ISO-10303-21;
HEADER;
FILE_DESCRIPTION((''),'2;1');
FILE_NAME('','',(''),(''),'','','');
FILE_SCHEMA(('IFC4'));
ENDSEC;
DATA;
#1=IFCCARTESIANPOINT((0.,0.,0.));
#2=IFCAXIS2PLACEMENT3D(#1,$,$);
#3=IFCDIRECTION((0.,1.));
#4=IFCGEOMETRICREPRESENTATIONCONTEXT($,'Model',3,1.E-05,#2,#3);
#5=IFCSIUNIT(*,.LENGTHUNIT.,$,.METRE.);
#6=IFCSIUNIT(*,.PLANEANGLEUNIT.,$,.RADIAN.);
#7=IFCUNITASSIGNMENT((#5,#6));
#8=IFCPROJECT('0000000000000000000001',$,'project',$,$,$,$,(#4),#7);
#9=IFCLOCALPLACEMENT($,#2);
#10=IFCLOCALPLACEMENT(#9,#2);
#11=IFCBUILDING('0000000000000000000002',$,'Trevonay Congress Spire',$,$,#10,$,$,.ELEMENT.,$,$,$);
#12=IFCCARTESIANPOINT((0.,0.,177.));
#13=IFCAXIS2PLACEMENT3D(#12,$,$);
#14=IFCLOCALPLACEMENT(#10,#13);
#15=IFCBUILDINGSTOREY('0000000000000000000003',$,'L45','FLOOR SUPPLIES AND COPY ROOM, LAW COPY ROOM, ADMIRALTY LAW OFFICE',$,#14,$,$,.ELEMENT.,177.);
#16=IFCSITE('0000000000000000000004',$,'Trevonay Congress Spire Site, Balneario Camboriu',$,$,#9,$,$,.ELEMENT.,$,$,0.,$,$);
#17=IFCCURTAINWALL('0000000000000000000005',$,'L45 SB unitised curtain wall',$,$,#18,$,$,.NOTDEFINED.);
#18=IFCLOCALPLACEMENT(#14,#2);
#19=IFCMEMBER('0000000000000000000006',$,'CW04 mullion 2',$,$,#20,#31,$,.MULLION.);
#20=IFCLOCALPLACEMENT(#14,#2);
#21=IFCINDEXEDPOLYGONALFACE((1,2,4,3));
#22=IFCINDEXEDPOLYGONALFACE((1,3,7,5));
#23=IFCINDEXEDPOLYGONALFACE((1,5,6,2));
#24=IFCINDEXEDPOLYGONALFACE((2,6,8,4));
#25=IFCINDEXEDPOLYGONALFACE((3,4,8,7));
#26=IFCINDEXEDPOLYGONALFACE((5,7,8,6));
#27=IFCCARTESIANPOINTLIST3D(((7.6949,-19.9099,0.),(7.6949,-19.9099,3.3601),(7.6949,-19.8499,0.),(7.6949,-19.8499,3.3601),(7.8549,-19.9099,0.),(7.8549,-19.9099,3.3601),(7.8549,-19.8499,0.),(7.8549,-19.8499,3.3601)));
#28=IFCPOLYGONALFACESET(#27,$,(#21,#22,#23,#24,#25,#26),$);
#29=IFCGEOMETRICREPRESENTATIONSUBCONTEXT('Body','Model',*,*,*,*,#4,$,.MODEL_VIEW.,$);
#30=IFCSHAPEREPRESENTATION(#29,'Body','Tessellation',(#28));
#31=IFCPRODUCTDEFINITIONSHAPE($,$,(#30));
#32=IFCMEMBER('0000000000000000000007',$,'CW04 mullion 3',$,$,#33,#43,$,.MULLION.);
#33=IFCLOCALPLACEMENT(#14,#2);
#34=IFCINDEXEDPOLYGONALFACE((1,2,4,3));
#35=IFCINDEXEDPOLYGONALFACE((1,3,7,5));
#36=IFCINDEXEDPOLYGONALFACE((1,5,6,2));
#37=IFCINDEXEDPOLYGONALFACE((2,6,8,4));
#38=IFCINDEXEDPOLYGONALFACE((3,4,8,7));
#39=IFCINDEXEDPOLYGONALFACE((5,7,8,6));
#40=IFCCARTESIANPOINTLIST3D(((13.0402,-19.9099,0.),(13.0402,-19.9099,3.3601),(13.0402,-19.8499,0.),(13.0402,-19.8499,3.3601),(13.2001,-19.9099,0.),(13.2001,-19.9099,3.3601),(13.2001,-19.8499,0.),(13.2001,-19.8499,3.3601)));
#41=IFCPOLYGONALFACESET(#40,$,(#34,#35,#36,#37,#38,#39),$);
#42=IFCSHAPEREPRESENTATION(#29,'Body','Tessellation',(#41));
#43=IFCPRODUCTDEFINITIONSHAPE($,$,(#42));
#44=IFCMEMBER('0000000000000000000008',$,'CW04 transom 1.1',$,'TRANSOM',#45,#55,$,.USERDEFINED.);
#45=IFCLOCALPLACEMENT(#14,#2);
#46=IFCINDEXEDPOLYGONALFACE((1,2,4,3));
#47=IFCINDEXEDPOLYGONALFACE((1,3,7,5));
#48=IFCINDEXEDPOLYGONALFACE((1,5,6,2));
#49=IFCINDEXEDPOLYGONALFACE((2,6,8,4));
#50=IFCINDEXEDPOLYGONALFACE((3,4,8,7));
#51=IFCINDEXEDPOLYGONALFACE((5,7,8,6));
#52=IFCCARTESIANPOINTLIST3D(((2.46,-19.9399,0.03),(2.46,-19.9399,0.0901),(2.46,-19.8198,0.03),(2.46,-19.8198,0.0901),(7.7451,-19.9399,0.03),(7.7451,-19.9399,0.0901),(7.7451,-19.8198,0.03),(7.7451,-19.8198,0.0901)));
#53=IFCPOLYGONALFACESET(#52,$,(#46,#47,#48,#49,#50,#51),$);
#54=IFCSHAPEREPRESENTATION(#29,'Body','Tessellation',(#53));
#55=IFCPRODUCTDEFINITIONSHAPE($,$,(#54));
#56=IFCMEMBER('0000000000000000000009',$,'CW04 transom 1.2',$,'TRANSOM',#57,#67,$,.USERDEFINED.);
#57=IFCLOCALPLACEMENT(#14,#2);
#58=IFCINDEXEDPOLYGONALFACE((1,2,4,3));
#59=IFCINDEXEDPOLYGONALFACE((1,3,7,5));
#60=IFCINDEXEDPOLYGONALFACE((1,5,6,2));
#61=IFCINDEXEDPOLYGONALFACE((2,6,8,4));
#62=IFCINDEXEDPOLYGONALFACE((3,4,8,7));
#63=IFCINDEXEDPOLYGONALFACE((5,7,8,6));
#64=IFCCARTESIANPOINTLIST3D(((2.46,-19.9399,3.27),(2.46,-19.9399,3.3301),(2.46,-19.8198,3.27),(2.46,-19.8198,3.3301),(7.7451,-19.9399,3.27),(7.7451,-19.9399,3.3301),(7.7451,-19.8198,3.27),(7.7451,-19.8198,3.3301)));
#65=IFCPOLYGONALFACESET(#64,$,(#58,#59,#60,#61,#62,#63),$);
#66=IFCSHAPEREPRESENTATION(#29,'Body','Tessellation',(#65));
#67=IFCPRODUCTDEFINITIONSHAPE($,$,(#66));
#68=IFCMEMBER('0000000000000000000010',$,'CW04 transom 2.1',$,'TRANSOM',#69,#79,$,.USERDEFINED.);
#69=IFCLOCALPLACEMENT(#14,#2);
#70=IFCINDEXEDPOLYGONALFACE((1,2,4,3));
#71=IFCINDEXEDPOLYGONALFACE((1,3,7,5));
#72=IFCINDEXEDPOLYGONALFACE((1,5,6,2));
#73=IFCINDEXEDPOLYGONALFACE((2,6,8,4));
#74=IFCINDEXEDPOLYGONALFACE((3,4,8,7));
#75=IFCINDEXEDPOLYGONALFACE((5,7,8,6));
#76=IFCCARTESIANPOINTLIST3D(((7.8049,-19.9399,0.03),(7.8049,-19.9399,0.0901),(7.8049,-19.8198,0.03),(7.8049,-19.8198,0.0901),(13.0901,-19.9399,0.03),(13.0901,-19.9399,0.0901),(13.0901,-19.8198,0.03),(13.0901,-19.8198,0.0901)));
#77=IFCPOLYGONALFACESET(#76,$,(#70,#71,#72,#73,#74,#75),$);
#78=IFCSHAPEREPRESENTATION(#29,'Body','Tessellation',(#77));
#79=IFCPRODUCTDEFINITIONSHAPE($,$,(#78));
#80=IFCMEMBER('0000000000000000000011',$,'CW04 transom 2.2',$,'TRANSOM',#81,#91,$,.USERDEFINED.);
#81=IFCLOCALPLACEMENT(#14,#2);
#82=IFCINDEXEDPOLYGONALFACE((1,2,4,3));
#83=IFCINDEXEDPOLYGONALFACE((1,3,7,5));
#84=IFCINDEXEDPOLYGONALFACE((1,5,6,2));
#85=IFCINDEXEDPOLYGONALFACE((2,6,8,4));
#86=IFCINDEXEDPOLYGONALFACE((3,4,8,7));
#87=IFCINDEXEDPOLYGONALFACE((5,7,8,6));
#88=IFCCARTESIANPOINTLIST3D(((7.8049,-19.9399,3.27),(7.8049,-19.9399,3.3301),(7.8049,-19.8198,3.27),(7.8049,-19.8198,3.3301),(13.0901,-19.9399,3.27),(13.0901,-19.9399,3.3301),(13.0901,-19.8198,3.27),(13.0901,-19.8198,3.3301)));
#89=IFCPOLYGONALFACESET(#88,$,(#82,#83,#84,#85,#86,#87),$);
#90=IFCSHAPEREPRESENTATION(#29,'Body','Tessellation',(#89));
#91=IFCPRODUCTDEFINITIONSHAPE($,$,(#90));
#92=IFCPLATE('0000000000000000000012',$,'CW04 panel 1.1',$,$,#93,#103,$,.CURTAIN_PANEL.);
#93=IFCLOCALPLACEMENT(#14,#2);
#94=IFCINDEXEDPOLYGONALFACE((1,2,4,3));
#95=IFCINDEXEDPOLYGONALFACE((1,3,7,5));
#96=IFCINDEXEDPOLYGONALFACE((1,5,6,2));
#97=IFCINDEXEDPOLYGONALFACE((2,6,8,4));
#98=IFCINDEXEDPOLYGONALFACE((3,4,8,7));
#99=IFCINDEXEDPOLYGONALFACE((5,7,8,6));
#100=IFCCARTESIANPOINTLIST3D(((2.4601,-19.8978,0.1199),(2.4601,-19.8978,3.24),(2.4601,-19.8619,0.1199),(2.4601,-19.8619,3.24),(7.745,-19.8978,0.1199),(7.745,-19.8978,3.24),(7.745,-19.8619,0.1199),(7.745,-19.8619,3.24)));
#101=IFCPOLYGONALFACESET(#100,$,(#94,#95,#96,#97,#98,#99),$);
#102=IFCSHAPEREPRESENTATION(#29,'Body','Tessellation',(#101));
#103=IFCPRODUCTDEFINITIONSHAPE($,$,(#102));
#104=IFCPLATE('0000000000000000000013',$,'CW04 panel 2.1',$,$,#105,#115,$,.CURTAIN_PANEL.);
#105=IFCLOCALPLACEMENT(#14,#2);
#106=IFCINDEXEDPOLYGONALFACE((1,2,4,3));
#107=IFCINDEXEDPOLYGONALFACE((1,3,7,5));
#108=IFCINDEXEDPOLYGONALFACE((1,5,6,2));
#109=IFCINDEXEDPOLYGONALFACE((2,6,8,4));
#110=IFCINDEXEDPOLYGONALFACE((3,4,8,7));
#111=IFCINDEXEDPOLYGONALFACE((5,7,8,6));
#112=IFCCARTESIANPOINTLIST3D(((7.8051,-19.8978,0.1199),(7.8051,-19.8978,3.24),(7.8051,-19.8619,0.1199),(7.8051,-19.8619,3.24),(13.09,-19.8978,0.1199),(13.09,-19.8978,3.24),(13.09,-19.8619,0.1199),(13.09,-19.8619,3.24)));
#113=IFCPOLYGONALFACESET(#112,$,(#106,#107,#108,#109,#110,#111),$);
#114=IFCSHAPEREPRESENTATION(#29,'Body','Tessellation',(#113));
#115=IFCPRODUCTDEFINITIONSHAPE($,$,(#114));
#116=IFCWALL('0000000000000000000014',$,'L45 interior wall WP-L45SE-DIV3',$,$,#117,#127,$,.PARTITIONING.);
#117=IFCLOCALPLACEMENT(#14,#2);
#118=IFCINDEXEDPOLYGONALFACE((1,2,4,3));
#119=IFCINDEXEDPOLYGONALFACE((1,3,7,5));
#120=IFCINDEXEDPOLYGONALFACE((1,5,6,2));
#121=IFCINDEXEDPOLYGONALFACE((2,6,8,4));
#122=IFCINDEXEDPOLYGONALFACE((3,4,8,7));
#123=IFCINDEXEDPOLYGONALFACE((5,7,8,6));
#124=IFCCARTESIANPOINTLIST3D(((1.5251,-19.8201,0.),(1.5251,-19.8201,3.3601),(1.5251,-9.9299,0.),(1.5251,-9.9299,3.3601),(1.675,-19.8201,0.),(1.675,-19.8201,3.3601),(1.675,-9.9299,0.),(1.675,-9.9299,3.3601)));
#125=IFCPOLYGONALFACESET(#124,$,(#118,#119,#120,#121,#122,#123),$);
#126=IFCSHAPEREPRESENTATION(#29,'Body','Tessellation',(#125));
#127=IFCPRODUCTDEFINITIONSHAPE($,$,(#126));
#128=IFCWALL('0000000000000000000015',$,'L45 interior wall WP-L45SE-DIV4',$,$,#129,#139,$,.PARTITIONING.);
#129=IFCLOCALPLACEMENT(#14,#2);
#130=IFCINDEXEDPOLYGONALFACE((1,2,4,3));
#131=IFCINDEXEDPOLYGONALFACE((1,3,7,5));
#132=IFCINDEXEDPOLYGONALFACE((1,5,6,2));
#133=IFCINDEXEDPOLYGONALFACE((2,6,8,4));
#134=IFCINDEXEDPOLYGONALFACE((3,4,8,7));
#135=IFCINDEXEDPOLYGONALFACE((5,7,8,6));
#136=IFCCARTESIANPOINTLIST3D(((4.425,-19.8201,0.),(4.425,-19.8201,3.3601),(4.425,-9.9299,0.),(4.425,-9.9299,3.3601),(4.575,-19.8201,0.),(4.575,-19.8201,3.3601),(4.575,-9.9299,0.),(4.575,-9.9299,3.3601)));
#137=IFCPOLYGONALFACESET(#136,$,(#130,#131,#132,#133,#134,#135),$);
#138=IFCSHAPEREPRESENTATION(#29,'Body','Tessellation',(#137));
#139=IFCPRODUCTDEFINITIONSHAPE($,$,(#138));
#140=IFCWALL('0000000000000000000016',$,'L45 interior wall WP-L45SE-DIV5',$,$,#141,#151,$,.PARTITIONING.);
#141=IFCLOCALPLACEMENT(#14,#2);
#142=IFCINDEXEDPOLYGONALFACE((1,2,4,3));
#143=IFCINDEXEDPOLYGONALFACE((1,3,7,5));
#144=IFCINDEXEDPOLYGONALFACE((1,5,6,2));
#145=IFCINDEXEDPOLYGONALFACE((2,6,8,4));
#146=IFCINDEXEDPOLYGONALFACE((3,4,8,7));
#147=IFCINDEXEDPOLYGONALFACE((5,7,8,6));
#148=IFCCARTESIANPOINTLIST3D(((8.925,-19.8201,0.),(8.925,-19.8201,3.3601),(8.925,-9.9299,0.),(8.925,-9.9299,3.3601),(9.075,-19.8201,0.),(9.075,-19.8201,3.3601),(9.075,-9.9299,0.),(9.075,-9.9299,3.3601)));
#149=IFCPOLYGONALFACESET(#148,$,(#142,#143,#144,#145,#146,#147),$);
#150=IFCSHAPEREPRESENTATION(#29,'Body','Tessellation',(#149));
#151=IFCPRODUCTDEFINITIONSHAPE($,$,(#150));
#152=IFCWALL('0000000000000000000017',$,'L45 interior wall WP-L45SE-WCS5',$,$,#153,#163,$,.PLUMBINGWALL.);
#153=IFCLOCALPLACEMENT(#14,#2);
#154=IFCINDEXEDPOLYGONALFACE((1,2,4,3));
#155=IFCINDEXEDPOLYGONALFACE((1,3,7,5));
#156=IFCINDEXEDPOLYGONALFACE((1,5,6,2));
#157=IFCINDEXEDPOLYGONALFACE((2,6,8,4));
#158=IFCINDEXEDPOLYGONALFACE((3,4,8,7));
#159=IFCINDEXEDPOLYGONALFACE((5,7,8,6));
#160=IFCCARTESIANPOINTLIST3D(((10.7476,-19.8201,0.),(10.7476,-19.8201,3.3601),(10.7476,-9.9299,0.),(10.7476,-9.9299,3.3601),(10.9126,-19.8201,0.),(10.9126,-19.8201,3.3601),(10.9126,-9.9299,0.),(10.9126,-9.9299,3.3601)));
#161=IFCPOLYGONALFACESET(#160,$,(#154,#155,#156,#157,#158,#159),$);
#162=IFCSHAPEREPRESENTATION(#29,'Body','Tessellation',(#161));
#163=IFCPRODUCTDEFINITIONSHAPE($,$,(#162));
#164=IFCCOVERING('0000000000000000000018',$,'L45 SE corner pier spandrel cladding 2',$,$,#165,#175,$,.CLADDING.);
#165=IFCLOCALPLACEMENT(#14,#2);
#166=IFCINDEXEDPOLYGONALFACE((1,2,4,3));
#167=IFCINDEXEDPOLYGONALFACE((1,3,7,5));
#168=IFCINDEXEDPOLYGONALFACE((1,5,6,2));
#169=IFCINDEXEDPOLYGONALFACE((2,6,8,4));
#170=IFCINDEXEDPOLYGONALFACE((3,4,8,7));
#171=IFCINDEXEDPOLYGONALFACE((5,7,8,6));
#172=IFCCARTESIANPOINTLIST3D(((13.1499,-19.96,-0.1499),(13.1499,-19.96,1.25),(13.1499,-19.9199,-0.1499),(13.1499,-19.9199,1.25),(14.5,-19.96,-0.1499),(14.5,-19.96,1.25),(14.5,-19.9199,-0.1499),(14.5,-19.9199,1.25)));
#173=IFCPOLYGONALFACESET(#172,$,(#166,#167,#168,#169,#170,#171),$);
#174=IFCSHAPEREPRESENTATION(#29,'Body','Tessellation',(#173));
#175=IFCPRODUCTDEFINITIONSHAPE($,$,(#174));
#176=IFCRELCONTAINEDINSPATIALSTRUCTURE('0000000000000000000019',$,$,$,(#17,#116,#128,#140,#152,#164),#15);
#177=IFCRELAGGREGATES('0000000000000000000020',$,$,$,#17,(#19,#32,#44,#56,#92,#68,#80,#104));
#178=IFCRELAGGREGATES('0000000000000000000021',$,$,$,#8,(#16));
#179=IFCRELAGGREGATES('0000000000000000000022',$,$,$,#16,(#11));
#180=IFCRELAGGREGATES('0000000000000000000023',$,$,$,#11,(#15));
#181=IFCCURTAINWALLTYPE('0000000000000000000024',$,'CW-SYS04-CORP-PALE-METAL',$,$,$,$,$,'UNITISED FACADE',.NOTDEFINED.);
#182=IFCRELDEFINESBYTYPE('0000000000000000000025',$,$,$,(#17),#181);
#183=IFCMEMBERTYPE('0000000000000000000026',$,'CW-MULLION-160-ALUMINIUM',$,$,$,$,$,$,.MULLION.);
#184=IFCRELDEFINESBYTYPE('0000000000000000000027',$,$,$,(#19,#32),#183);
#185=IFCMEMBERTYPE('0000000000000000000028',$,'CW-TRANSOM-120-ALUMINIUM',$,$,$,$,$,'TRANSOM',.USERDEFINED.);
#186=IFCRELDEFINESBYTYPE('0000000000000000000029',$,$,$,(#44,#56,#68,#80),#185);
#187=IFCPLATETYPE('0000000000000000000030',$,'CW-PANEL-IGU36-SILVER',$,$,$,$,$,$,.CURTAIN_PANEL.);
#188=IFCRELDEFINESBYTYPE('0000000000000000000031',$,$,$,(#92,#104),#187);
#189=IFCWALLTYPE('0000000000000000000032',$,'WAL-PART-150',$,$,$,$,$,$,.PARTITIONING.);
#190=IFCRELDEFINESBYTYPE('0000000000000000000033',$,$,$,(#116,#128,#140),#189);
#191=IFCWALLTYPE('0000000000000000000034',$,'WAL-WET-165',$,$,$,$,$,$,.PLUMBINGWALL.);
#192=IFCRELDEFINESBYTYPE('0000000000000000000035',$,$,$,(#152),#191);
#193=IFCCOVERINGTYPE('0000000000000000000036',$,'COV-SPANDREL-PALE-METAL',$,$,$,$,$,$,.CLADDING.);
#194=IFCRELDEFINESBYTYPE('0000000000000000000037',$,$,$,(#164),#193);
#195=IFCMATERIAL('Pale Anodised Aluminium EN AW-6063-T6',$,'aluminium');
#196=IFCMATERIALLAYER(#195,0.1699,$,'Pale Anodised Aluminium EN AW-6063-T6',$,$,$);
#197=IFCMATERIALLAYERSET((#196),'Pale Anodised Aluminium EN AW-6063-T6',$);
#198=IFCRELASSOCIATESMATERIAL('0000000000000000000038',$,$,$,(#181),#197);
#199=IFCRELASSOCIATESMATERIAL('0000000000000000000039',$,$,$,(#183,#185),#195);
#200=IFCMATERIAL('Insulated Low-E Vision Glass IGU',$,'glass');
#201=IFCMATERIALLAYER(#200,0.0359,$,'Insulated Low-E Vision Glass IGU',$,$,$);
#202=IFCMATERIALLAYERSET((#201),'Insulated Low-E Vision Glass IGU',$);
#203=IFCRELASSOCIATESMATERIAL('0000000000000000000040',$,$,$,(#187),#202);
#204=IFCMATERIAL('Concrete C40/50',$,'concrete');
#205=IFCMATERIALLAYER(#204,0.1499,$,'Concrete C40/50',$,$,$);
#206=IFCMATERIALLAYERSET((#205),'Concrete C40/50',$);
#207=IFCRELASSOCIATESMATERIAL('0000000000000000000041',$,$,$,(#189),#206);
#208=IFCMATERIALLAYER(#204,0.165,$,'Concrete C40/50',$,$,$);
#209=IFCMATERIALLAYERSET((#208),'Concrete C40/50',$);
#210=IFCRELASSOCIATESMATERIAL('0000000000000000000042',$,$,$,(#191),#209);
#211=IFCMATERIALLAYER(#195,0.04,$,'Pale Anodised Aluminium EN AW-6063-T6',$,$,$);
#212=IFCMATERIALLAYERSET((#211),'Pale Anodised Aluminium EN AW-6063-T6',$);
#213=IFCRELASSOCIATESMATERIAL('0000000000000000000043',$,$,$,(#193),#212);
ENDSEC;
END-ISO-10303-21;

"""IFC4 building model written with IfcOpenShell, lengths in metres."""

from ifc_helpers import new_model, si_unit, direction, frame, frame_2d, origin, origin_2d, place, context, subcontext, project, spatial, rectangle, extrude, material, layer, layer_set, material_profile, profile_set, type_object, element, aggregate, save


model = new_model("IFC4")

# Units and contexts
model_context = context("Model", 3, precision=1e-05, world=origin(), true_north=direction((0.0, 1.0)))
body_context = subcontext(model_context, "Body", "Model", "MODEL_VIEW")
ifc_project = project(units=[si_unit("LENGTHUNIT", "METRE"), si_unit("PLANEANGLEUNIT", "RADIAN")], contexts=[model_context])

# Site, building, storey
site_placement = place(None, origin())
site = spatial("IfcSite", under=ifc_project, at=site_placement, Name="Trevonay Congress Spire Site, Balneario Camboriu", CompositionType="ELEMENT", RefElevation=0.0)
building_placement = place(site_placement, origin())
building = spatial("IfcBuilding", under=site, at=building_placement, Name="Trevonay Congress Spire", CompositionType="ELEMENT")
storey_placement = place(building_placement, frame((0.0, 0.0, 177.0)))
storey = spatial("IfcBuildingStorey", under=building, at=storey_placement, Name="L45", Description="FLOOR SUPPLIES AND COPY ROOM, LAW COPY ROOM, ADMIRALTY LAW OFFICE", CompositionType="ELEMENT", Elevation=177.0)

# Curtain wall, members, plates
ifc_material_1 = material(Name="Pale Anodised Aluminium EN AW-6063-T6", Category="aluminium")
ifc_layer_1 = layer(ifc_material_1, 0.1699, Name="Pale Anodised Aluminium EN AW-6063-T6")
ifc_layer_set_1 = layer_set([ifc_layer_1], Name="Pale Anodised Aluminium EN AW-6063-T6")
curtain_wall_type = type_object("IfcCurtainWallType", Name="CW-SYS04-CORP-PALE-METAL", ElementType="UNITISED FACADE", PredefinedType="NOTDEFINED", material=ifc_layer_set_1)
curtain_wall_placement = place(storey_placement, origin())
curtain_wall = element("IfcCurtainWall", 1, at=curtain_wall_placement, inside=storey, type_object=curtain_wall_type, Name="L45 SB unitised curtain wall", PredefinedType="NOTDEFINED")
ifc_material_profile_1 = material_profile(ifc_material_1, rectangle(XDim=0.0601, YDim=0.1599, at=origin_2d()), Name="CW-MULLION-160-ALUMINIUM")
ifc_profile_set_1 = profile_set([ifc_material_profile_1], Name="Pale Anodised Aluminium EN AW-6063-T6")
member_type_1 = type_object("IfcMemberType", Name="CW-MULLION-160-ALUMINIUM", PredefinedType="MULLION", material=ifc_profile_set_1)
member_1_placement = place(storey_placement, frame((7.7749, -19.8799, 0.0), z_axis=(0.0, 0.0, 1.0), x_axis=(0.0, 1.0, 0.0)))
member_1 = element("IfcMember", 2, at=member_1_placement, type_object=member_type_1, Name="CW04 mullion 2", PredefinedType="MULLION", context=body_context, shape_type="SweptSolid", body=[
    extrude(rectangle(XDim=0.0601, YDim=0.1599, at=origin_2d()), origin(), (0.0, 0.0, 1.0), 3.3601),
])
member_2_placement = place(storey_placement, frame((13.1201, -19.8799, 0.0), z_axis=(0.0, 0.0, 1.0), x_axis=(0.0, 1.0, 0.0)))
member_2 = element("IfcMember", 3, at=member_2_placement, type_object=member_type_1, Name="CW04 mullion 3", PredefinedType="MULLION", context=body_context, shape_type="SweptSolid", body=[
    extrude(rectangle(XDim=0.0601, YDim=0.1599, at=origin_2d()), origin(), (0.0, 0.0, 1.0), 3.3601),
])
ifc_material_profile_2 = material_profile(ifc_material_1, rectangle(XDim=0.1201, YDim=0.0601, at=origin_2d()), Name="CW-TRANSOM-120-ALUMINIUM")
ifc_profile_set_2 = profile_set([ifc_material_profile_2], Name="Pale Anodised Aluminium EN AW-6063-T6")
member_type_2 = type_object("IfcMemberType", Name="CW-TRANSOM-120-ALUMINIUM", ElementType="TRANSOM", PredefinedType="USERDEFINED", material=ifc_profile_set_2)
member_3_placement = place(storey_placement, frame((2.46, -19.8799, 0.0601), z_axis=(1.0, 0.0, 0.0), x_axis=(0.0, 1.0, 0.0)))
member_3 = element("IfcMember", 4, at=member_3_placement, type_object=member_type_2, Name="CW04 transom 1.1", ObjectType="TRANSOM", PredefinedType="USERDEFINED", context=body_context, shape_type="SweptSolid", body=[
    extrude(rectangle(XDim=0.1201, YDim=0.0601, at=origin_2d()), origin(), (0.0, 0.0, 1.0), 5.2852),
])
member_4_placement = place(storey_placement, frame((2.46, -19.8799, 3.3), z_axis=(1.0, 0.0, 0.0), x_axis=(0.0, 1.0, 0.0)))
member_4 = element("IfcMember", 5, at=member_4_placement, type_object=member_type_2, Name="CW04 transom 1.2", ObjectType="TRANSOM", PredefinedType="USERDEFINED", context=body_context, shape_type="SweptSolid", body=[
    extrude(rectangle(XDim=0.1201, YDim=0.0601, at=origin_2d()), origin(), (0.0, 0.0, 1.0), 5.2852),
])
member_5_placement = place(storey_placement, frame((7.8049, -19.8799, 0.0601), z_axis=(1.0, 0.0, 0.0), x_axis=(0.0, 1.0, 0.0)))
member_5 = element("IfcMember", 6, at=member_5_placement, type_object=member_type_2, Name="CW04 transom 2.1", ObjectType="TRANSOM", PredefinedType="USERDEFINED", context=body_context, shape_type="SweptSolid", body=[
    extrude(rectangle(XDim=0.1201, YDim=0.0601, at=origin_2d()), origin(), (0.0, 0.0, 1.0), 5.2852),
])
member_6_placement = place(storey_placement, frame((7.8049, -19.8799, 3.3), z_axis=(1.0, 0.0, 0.0), x_axis=(0.0, 1.0, 0.0)))
member_6 = element("IfcMember", 7, at=member_6_placement, type_object=member_type_2, Name="CW04 transom 2.2", ObjectType="TRANSOM", PredefinedType="USERDEFINED", context=body_context, shape_type="SweptSolid", body=[
    extrude(rectangle(XDim=0.1201, YDim=0.0601, at=origin_2d()), origin(), (0.0, 0.0, 1.0), 5.2852),
])
ifc_material_2 = material(Name="Insulated Low-E Vision Glass IGU", Category="glass")
ifc_layer_2 = layer(ifc_material_2, 0.0359, Name="Insulated Low-E Vision Glass IGU")
ifc_layer_set_2 = layer_set([ifc_layer_2], Name="Insulated Low-E Vision Glass IGU")
plate_type = type_object("IfcPlateType", Name="CW-PANEL-IGU36-SILVER", PredefinedType="CURTAIN_PANEL", material=ifc_layer_set_2)
plate_1_placement = place(storey_placement, frame((5.1025, -19.8799, 0.1199), z_axis=(0.0, 0.0, 1.0), x_axis=(1.0, 0.0, 0.0)))
plate_1 = element("IfcPlate", 8, at=plate_1_placement, type_object=plate_type, Name="CW04 panel 1.1", PredefinedType="CURTAIN_PANEL", context=body_context, shape_type="SweptSolid", body=[
    extrude(rectangle(XDim=5.2849, YDim=0.0359, at=origin_2d()), origin(), (0.0, 0.0, 1.0), 3.1201),
])
plate_2_placement = place(storey_placement, frame((10.4475, -19.8799, 0.1199), z_axis=(0.0, 0.0, 1.0), x_axis=(1.0, 0.0, 0.0)))
plate_2 = element("IfcPlate", 9, at=plate_2_placement, type_object=plate_type, Name="CW04 panel 2.1", PredefinedType="CURTAIN_PANEL", context=body_context, shape_type="SweptSolid", body=[
    extrude(rectangle(XDim=5.2849, YDim=0.0359, at=origin_2d()), origin(), (0.0, 0.0, 1.0), 3.1201),
])
aggregate(curtain_wall, [member_1, member_2, member_3, member_4, plate_1, member_5, member_6, plate_2])

# Walls
ifc_material_3 = material(Name="Concrete C40/50", Category="concrete")
ifc_layer_3 = layer(ifc_material_3, 0.1499, Name="Concrete C40/50")
ifc_layer_set_3 = layer_set([ifc_layer_3], Name="Concrete C40/50")
wall_type_1 = type_object("IfcWallType", Name="WAL-PART-150", PredefinedType="PARTITIONING", material=ifc_layer_set_3)
for number, where, z_axis, x_axis, name in (
    (10, (1.6001, -19.8201, 0.0), (0.0, 0.0, 1.0), (0.0, 1.0, 0.0), "L45 interior wall WP-L45SE-DIV3"),
    (11, (4.5, -19.8201, 0.0), (0.0, 0.0, 1.0), (0.0, 1.0, 0.0), "L45 interior wall WP-L45SE-DIV4"),
    (12, (9.0, -19.8201, 0.0), (0.0, 0.0, 1.0), (0.0, 1.0, 0.0), "L45 interior wall WP-L45SE-DIV5"),
):
    element("IfcWall", number, at=place(storey_placement, frame(where, z_axis=z_axis, x_axis=x_axis)), inside=storey, type_object=wall_type_1, Name=name, PredefinedType="PARTITIONING", context=body_context, shape_type="SweptSolid", body=[
        extrude(rectangle(XDim=9.8901, YDim=0.1499, at=frame_2d((4.9451, 0.0))), origin(), (0.0, 0.0, 1.0), 3.3601),
    ])
ifc_layer_4 = layer(ifc_material_3, 0.165, Name="Concrete C40/50")
ifc_layer_set_4 = layer_set([ifc_layer_4], Name="Concrete C40/50")
wall_type_2 = type_object("IfcWallType", Name="WAL-WET-165", PredefinedType="PLUMBINGWALL", material=ifc_layer_set_4)
wall_placement = place(storey_placement, frame((10.8301, -19.8201, 0.0), z_axis=(0.0, 0.0, 1.0), x_axis=(0.0, 1.0, 0.0)))
element("IfcWall", 13, at=wall_placement, inside=storey, type_object=wall_type_2, Name="L45 interior wall WP-L45SE-WCS5", PredefinedType="PLUMBINGWALL", context=body_context, shape_type="SweptSolid", body=[
    extrude(rectangle(XDim=9.8901, YDim=0.165, at=frame_2d((4.9451, 0.0))), origin(), (0.0, 0.0, 1.0), 3.3601),
])

# Covering
ifc_layer_5 = layer(ifc_material_1, 0.04, Name="Pale Anodised Aluminium EN AW-6063-T6")
ifc_layer_set_5 = layer_set([ifc_layer_5], Name="Pale Anodised Aluminium EN AW-6063-T6")
covering_type = type_object("IfcCoveringType", Name="COV-SPANDREL-PALE-METAL", PredefinedType="CLADDING", material=ifc_layer_set_5)
covering_placement = place(storey_placement, frame((13.1499, -19.9399, -0.1499), z_axis=(0.0, 0.0, 1.0), x_axis=(1.0, 0.0, 0.0)))
element("IfcCovering", 14, at=covering_placement, inside=storey, type_object=covering_type, Name="L45 SE corner pier spandrel cladding 2", PredefinedType="CLADDING", context=body_context, shape_type="SweptSolid", body=[
    extrude(rectangle(XDim=1.3501, YDim=0.04, at=frame_2d((0.675, 0.0))), origin(), (0.0, 0.0, 1.0), 1.3999),
])

save(model, "model.ifc")
